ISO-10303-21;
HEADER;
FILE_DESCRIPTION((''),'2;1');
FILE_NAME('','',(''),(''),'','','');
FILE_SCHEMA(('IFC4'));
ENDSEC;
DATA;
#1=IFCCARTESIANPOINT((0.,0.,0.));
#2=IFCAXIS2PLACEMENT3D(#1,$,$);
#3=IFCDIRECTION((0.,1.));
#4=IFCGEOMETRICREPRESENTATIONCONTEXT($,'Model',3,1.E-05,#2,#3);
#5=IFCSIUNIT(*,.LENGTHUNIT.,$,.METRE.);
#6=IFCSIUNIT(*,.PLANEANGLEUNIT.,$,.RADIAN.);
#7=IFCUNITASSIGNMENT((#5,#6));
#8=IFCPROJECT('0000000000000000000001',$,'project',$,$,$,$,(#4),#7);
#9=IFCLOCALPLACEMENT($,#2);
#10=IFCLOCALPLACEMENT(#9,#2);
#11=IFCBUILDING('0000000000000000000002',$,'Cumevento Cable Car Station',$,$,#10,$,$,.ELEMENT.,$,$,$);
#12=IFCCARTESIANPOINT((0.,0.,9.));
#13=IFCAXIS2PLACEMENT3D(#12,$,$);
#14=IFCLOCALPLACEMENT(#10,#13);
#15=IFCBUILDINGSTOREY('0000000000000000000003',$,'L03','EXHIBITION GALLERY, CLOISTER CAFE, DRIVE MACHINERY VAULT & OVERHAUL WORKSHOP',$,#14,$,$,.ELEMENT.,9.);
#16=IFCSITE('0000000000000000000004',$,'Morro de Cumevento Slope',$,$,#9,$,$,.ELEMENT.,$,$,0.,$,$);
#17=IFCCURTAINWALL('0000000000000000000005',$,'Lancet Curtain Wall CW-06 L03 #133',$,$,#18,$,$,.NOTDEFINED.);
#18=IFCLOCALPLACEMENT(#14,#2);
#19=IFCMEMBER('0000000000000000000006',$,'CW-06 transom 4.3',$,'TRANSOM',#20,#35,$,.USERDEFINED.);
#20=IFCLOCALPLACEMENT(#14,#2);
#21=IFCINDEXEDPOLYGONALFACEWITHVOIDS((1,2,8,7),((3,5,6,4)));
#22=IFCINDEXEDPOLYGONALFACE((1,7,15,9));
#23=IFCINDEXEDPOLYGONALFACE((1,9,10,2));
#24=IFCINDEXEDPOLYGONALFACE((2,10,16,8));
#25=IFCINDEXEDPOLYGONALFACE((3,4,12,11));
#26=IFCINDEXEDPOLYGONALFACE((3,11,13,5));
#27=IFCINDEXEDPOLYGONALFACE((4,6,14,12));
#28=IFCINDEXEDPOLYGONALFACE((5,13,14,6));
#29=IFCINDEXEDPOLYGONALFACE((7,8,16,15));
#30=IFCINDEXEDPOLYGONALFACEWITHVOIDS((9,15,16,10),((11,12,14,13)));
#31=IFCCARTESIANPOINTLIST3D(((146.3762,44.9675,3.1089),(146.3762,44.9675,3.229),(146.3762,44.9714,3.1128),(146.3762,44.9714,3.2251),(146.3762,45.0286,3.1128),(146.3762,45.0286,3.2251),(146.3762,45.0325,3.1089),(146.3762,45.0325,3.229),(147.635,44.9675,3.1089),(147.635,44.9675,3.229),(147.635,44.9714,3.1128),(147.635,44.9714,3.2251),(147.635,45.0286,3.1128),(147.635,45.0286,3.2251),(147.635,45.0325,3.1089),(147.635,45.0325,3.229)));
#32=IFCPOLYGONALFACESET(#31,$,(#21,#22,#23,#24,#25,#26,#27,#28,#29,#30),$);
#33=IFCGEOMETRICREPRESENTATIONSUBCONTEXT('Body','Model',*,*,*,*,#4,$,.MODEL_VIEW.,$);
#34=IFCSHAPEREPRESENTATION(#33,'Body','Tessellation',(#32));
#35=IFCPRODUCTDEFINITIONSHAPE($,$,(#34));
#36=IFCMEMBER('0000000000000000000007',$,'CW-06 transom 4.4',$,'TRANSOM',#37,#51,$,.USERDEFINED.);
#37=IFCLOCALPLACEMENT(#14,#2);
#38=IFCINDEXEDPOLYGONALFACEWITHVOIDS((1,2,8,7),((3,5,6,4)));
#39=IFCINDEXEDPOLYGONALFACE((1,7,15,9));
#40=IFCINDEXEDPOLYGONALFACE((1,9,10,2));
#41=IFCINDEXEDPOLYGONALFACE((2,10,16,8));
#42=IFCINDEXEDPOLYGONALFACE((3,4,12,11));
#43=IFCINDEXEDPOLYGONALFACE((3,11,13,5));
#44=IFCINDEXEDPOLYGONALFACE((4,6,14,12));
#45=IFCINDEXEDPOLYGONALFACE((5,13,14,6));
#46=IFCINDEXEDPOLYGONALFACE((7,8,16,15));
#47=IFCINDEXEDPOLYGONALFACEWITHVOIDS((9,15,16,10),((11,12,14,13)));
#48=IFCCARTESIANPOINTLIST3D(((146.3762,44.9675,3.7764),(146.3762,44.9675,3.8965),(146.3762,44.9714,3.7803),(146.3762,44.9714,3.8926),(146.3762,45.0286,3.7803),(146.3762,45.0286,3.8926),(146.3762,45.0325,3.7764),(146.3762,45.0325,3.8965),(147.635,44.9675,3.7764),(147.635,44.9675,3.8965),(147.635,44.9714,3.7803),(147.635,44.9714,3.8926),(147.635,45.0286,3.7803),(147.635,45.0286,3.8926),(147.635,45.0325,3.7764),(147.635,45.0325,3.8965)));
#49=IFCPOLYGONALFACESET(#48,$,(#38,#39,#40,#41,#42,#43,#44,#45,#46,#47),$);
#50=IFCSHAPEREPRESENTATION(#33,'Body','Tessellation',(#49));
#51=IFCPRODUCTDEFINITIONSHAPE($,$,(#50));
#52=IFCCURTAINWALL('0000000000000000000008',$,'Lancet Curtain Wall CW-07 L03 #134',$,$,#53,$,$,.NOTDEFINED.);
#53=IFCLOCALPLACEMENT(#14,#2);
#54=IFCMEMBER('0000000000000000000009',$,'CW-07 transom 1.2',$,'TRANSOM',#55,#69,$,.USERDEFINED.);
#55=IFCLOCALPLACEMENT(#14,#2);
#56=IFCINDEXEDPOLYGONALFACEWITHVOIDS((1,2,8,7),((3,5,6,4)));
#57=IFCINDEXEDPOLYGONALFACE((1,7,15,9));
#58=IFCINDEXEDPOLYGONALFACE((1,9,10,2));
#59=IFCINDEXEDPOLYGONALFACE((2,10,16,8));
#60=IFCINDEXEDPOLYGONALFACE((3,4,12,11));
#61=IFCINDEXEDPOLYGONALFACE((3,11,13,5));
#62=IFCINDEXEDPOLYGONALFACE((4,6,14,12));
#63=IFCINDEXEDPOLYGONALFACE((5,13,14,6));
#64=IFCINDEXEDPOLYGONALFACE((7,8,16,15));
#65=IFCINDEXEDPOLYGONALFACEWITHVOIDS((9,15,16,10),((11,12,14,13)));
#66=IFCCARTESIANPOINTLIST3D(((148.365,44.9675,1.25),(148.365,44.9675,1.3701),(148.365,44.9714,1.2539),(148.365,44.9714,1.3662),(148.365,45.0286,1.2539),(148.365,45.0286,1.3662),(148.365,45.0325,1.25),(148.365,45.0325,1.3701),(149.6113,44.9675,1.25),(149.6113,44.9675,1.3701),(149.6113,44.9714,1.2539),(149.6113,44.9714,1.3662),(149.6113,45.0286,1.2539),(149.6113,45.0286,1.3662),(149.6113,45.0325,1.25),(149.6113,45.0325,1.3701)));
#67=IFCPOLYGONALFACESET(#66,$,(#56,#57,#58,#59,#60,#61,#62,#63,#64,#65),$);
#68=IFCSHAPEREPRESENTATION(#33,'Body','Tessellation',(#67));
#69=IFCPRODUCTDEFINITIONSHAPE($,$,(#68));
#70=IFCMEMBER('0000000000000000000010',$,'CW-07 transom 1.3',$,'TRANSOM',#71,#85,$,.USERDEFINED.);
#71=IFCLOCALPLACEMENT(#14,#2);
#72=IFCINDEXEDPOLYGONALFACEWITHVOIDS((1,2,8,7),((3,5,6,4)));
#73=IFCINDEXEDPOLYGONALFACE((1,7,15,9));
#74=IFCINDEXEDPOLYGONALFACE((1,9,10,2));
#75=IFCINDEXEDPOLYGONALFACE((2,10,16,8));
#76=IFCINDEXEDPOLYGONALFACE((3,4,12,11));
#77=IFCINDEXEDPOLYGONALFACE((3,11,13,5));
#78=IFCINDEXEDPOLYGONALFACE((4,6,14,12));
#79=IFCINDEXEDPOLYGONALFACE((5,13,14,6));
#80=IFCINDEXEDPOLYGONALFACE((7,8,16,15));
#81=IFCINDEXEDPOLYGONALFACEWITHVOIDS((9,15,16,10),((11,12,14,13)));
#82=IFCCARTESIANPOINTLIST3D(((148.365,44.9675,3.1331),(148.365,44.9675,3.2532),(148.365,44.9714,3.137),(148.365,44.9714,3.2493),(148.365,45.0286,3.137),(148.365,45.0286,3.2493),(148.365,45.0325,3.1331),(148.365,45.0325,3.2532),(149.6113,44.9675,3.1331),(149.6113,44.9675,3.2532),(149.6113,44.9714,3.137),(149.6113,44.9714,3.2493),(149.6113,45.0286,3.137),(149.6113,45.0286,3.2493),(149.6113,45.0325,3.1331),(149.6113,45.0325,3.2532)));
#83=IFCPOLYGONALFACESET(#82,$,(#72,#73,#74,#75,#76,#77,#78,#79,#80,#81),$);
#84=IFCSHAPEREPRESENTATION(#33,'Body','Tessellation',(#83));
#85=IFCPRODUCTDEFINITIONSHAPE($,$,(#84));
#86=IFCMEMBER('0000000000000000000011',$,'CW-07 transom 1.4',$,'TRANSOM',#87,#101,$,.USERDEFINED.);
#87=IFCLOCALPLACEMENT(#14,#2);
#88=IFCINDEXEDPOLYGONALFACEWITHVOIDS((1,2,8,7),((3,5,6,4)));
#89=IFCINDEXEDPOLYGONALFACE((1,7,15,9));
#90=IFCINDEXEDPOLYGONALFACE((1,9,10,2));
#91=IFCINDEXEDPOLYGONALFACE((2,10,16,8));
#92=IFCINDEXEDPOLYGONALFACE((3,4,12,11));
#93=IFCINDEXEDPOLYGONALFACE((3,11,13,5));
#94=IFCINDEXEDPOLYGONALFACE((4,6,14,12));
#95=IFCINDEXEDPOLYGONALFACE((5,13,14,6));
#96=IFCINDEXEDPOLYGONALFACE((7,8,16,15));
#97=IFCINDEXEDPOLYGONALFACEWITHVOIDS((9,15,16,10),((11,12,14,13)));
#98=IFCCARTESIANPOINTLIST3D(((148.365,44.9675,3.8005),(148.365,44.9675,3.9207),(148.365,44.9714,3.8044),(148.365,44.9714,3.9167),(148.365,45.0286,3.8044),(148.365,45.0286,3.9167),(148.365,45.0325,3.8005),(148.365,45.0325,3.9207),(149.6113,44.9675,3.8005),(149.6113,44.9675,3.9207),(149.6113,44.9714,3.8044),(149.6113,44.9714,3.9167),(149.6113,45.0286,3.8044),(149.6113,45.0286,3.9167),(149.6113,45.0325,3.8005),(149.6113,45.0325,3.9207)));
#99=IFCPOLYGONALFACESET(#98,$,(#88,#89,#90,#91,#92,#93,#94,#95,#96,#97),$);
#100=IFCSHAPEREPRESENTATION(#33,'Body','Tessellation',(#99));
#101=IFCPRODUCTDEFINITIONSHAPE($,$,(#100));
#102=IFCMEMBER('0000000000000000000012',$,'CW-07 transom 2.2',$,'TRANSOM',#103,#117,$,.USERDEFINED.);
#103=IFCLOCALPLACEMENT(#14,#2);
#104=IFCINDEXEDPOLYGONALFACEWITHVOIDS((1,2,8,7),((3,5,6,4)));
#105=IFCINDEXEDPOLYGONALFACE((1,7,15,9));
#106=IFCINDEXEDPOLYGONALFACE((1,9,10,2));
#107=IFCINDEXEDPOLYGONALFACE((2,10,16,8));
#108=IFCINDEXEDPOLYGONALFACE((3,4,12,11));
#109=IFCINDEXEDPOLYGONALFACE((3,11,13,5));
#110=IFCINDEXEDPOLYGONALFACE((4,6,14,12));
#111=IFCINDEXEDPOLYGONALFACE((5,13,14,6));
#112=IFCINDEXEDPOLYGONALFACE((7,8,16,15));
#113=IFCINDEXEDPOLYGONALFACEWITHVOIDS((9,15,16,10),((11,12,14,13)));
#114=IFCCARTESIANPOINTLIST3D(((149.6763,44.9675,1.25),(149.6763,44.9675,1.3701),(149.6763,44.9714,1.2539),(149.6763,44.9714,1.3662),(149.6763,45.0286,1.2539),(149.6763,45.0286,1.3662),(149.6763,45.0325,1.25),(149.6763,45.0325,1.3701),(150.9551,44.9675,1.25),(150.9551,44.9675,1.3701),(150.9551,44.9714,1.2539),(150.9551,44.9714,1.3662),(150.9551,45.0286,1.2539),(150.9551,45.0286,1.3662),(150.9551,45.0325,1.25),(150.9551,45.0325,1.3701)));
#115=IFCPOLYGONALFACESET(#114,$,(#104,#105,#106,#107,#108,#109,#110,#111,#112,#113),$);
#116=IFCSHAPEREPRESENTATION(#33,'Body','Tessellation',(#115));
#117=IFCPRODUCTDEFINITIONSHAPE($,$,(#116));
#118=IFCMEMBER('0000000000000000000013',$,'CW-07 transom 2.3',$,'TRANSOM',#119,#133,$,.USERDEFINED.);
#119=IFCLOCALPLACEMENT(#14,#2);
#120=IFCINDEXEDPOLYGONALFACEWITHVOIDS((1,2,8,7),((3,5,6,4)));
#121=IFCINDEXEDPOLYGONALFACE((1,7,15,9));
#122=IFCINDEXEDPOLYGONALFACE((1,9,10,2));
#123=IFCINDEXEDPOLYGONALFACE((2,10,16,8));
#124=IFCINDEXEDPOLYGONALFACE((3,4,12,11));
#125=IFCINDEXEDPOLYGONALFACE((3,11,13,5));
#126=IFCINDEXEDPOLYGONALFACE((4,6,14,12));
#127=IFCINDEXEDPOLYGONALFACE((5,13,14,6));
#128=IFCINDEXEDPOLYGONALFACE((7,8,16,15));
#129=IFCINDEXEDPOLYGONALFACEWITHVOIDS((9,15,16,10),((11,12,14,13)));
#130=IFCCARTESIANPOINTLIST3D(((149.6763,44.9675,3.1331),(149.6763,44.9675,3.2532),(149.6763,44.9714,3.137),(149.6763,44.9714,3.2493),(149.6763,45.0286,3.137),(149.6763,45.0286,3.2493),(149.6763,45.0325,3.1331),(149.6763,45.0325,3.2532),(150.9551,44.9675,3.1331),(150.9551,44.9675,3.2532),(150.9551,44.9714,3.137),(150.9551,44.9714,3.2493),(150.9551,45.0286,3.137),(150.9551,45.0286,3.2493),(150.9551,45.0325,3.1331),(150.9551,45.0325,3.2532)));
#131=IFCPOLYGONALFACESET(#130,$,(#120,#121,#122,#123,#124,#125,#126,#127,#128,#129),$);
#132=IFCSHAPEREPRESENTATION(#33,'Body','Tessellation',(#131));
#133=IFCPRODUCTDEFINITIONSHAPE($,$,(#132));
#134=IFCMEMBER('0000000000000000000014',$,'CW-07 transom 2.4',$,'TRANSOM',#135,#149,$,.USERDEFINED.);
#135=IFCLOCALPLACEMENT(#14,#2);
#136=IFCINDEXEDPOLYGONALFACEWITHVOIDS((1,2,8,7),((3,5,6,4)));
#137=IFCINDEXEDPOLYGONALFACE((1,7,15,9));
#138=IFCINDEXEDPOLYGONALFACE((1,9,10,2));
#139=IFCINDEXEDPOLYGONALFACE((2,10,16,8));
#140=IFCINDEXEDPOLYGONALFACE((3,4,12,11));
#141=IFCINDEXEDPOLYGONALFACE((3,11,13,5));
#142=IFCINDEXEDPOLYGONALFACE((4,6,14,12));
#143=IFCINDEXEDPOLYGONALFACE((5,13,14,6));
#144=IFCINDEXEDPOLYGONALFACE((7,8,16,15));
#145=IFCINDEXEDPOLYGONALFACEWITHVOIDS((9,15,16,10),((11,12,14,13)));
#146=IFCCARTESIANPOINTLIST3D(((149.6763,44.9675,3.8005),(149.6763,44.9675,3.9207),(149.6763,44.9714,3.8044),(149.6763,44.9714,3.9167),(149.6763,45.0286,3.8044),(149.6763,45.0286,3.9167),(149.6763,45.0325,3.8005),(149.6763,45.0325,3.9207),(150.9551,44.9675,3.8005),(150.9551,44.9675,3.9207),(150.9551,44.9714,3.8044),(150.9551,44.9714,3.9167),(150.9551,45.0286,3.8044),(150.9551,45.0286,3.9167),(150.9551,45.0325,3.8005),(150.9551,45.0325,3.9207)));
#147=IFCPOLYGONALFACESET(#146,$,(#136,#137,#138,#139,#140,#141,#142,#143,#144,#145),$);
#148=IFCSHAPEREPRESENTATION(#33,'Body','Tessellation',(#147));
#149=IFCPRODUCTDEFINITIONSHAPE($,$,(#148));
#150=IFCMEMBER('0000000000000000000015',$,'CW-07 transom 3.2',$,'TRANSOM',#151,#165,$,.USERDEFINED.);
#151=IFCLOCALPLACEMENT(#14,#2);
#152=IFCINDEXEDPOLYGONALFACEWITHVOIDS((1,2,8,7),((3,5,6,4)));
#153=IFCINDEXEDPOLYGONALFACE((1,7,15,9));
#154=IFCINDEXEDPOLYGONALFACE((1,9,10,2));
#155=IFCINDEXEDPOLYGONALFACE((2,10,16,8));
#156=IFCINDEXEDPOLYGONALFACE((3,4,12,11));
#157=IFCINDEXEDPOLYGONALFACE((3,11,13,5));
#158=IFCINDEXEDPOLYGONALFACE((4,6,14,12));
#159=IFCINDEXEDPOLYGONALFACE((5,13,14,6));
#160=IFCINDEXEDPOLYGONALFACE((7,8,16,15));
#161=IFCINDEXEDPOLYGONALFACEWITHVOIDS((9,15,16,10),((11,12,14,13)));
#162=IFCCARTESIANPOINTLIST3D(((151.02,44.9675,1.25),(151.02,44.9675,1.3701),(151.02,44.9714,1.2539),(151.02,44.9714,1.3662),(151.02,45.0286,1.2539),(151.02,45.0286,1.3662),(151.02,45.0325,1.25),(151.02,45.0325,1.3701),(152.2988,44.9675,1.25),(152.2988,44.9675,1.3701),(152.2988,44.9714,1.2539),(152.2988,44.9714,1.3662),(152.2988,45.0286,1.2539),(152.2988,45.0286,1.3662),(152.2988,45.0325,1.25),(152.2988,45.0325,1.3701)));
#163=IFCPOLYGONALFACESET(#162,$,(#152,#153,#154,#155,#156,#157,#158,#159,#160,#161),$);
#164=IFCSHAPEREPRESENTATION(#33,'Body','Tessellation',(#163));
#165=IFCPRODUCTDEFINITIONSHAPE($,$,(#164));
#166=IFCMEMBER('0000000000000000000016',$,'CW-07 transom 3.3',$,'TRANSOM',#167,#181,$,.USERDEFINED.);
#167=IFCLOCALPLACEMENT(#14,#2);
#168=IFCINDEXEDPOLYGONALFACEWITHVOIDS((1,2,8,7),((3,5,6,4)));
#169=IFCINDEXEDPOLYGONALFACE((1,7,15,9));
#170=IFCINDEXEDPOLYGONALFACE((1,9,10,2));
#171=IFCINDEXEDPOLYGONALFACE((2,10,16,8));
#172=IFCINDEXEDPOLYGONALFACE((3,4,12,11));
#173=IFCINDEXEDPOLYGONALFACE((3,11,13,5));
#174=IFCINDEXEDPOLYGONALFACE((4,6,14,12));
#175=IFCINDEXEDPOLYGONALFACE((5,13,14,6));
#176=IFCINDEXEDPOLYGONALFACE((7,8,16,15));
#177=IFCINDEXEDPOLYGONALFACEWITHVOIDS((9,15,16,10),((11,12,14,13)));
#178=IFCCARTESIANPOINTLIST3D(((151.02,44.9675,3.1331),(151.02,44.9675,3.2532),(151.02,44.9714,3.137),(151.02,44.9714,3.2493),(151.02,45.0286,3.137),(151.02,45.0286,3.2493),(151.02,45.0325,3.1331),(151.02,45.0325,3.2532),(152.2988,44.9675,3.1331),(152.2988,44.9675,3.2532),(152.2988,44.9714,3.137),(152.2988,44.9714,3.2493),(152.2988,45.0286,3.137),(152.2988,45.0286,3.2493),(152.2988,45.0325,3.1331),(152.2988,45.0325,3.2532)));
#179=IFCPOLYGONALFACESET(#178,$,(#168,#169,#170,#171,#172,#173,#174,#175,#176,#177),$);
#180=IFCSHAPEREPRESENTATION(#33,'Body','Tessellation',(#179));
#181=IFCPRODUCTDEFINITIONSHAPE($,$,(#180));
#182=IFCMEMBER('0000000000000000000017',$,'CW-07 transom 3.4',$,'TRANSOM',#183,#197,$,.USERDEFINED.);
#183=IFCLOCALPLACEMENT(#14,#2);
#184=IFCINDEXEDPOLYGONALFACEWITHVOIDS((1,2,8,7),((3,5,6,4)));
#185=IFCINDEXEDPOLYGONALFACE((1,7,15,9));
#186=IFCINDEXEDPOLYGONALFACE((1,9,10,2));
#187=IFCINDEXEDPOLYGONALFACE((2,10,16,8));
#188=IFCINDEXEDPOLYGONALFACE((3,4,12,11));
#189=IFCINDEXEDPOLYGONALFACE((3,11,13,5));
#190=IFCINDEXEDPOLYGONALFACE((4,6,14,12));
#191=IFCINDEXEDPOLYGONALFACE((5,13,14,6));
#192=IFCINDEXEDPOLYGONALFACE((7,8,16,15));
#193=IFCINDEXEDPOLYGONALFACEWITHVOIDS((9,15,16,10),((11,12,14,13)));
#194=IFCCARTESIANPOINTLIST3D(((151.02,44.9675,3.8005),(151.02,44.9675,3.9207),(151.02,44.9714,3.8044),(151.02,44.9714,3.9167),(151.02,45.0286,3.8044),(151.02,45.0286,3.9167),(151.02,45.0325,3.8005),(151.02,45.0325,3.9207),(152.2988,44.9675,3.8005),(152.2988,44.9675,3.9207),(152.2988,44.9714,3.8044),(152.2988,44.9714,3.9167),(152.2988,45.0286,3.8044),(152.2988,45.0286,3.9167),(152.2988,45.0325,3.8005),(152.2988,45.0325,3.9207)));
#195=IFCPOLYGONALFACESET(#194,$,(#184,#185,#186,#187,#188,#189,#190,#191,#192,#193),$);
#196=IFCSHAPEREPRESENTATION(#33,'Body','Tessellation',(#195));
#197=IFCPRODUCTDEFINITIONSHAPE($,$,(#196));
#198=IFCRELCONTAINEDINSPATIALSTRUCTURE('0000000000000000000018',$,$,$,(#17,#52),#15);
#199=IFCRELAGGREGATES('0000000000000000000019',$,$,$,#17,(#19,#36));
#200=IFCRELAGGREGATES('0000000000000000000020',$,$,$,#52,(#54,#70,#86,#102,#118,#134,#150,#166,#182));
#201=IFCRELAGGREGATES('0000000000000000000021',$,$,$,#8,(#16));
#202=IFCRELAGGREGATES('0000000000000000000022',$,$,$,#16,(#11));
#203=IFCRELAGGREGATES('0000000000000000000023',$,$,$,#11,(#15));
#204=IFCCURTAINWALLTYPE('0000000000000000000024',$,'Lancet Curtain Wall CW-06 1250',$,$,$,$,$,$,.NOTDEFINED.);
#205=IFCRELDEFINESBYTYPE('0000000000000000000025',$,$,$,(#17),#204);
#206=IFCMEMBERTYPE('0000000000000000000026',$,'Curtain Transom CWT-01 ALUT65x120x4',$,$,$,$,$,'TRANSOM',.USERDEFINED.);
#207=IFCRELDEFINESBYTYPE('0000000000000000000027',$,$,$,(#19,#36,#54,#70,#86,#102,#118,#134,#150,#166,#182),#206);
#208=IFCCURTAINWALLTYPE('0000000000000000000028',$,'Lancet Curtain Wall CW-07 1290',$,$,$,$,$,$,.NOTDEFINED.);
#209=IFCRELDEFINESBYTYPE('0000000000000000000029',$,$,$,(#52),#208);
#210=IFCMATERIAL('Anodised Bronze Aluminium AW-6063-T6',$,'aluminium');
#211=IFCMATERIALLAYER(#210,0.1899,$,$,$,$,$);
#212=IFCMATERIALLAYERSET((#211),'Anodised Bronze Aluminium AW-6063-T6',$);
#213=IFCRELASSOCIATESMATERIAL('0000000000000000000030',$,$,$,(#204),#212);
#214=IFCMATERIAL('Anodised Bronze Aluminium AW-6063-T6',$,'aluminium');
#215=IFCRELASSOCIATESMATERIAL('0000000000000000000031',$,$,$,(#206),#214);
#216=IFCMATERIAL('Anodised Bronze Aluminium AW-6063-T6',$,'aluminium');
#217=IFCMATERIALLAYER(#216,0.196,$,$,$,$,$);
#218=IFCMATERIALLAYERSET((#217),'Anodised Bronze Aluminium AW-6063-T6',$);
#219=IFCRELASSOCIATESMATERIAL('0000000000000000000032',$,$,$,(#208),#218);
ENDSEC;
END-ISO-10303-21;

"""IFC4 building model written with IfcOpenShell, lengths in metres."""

from ifc_helpers import new_model, si_unit, direction, frame, origin, origin_2d, place, context, subcontext, project, spatial, hollow_rectangle, extrude, material, layer, layer_set, material_profile, profile_set, type_object, element, aggregate, save


model = new_model("IFC4")

# Units and contexts
model_context = context("Model", 3, precision=1e-05, world=origin(), true_north=direction((0.0, 1.0)))
body_context = subcontext(model_context, "Body", "Model", "MODEL_VIEW")
ifc_project = project(units=[si_unit("LENGTHUNIT", "METRE"), si_unit("PLANEANGLEUNIT", "RADIAN")], contexts=[model_context])

# Site, building, storey
site_placement = place(None, origin())
site = spatial("IfcSite", under=ifc_project, at=site_placement, Name="Morro de Cumevento Slope", CompositionType="ELEMENT", RefElevation=0.0)
building_placement = place(site_placement, origin())
building = spatial("IfcBuilding", under=site, at=building_placement, Name="Cumevento Cable Car Station", CompositionType="ELEMENT")
storey_placement = place(building_placement, frame((0.0, 0.0, 9.0)))
storey = spatial("IfcBuildingStorey", under=building, at=storey_placement, Name="L03", Description="EXHIBITION GALLERY, CLOISTER CAFE, DRIVE MACHINERY VAULT & OVERHAUL WORKSHOP", CompositionType="ELEMENT", Elevation=9.0)

# Curtain walls, members
ifc_material_1 = material(Name="Anodised Bronze Aluminium AW-6063-T6", Category="aluminium")
ifc_layer_1 = layer(ifc_material_1, 0.1899)
ifc_layer_set_1 = layer_set([ifc_layer_1], Name="Anodised Bronze Aluminium AW-6063-T6")
curtain_wall_type_1 = type_object("IfcCurtainWallType", Name="Lancet Curtain Wall CW-06 1250", PredefinedType="NOTDEFINED", material=ifc_layer_set_1)
curtain_wall_1_placement = place(storey_placement, origin())
curtain_wall_1 = element("IfcCurtainWall", 1, at=curtain_wall_1_placement, inside=storey, type_object=curtain_wall_type_1, Name="Lancet Curtain Wall CW-06 L03 #133", PredefinedType="NOTDEFINED")
ifc_material_2 = material(Name="Anodised Bronze Aluminium AW-6063-T6", Category="aluminium")
ifc_material_profile_1 = material_profile(ifc_material_2, hollow_rectangle(XDim=0.0649, YDim=0.1201, WallThickness=0.0039, at=origin_2d()), Name="ALUT65x120x4")
ifc_profile_set_1 = profile_set([ifc_material_profile_1], Name="Anodised Bronze Aluminium AW-6063-T6")
member_type = type_object("IfcMemberType", Name="Curtain Transom CWT-01 ALUT65x120x4", ElementType="TRANSOM", PredefinedType="USERDEFINED", material=ifc_profile_set_1)
member_1_placement = place(storey_placement, frame((146.3762, 45.0, 3.1689), z_axis=(1.0, 0.0, 0.0), x_axis=(0.0, 1.0, 0.0)))
member_1 = element("IfcMember", 2, at=member_1_placement, type_object=member_type, Name="CW-06 transom 4.3", ObjectType="TRANSOM", PredefinedType="USERDEFINED", context=body_context, shape_type="SweptSolid", body=[
    extrude(hollow_rectangle(XDim=0.0649, YDim=0.1201, WallThickness=0.0039, at=origin_2d()), origin(), (0.0, 0.0, 1.0), 1.2588),
])
member_2_placement = place(storey_placement, frame((146.3762, 45.0, 3.8364), z_axis=(1.0, 0.0, 0.0), x_axis=(0.0, 1.0, 0.0)))
member_2 = element("IfcMember", 3, at=member_2_placement, type_object=member_type, Name="CW-06 transom 4.4", ObjectType="TRANSOM", PredefinedType="USERDEFINED", context=body_context, shape_type="SweptSolid", body=[
    extrude(hollow_rectangle(XDim=0.0649, YDim=0.1201, WallThickness=0.0039, at=origin_2d()), origin(), (0.0, 0.0, 1.0), 1.2588),
])
ifc_material_3 = material(Name="Anodised Bronze Aluminium AW-6063-T6", Category="aluminium")
ifc_layer_2 = layer(ifc_material_3, 0.196)
ifc_layer_set_2 = layer_set([ifc_layer_2], Name="Anodised Bronze Aluminium AW-6063-T6")
curtain_wall_type_2 = type_object("IfcCurtainWallType", Name="Lancet Curtain Wall CW-07 1290", PredefinedType="NOTDEFINED", material=ifc_layer_set_2)
curtain_wall_2_placement = place(storey_placement, origin())
curtain_wall_2 = element("IfcCurtainWall", 4, at=curtain_wall_2_placement, inside=storey, type_object=curtain_wall_type_2, Name="Lancet Curtain Wall CW-07 L03 #134", PredefinedType="NOTDEFINED")
member_3_placement = place(storey_placement, frame((148.365, 45.0, 1.3101), z_axis=(1.0, 0.0, 0.0), x_axis=(0.0, 1.0, 0.0)))
member_3 = element("IfcMember", 5, at=member_3_placement, type_object=member_type, Name="CW-07 transom 1.2", ObjectType="TRANSOM", PredefinedType="USERDEFINED", context=body_context, shape_type="SweptSolid", body=[
    extrude(hollow_rectangle(XDim=0.0649, YDim=0.1201, WallThickness=0.0039, at=origin_2d()), origin(), (0.0, 0.0, 1.0), 1.2463),
])
member_4_placement = place(storey_placement, frame((148.365, 45.0, 3.1931), z_axis=(1.0, 0.0, 0.0), x_axis=(0.0, 1.0, 0.0)))
member_4 = element("IfcMember", 6, at=member_4_placement, type_object=member_type, Name="CW-07 transom 1.3", ObjectType="TRANSOM", PredefinedType="USERDEFINED", context=body_context, shape_type="SweptSolid", body=[
    extrude(hollow_rectangle(XDim=0.0649, YDim=0.1201, WallThickness=0.0039, at=origin_2d()), origin(), (0.0, 0.0, 1.0), 1.2463),
])
member_5_placement = place(storey_placement, frame((148.365, 45.0, 3.8606), z_axis=(1.0, 0.0, 0.0), x_axis=(0.0, 1.0, 0.0)))
member_5 = element("IfcMember", 7, at=member_5_placement, type_object=member_type, Name="CW-07 transom 1.4", ObjectType="TRANSOM", PredefinedType="USERDEFINED", context=body_context, shape_type="SweptSolid", body=[
    extrude(hollow_rectangle(XDim=0.0649, YDim=0.1201, WallThickness=0.0039, at=origin_2d()), origin(), (0.0, 0.0, 1.0), 1.2463),
])
member_6_placement = place(storey_placement, frame((149.6763, 45.0, 1.3101), z_axis=(1.0, 0.0, 0.0), x_axis=(0.0, 1.0, 0.0)))
member_6 = element("IfcMember", 8, at=member_6_placement, type_object=member_type, Name="CW-07 transom 2.2", ObjectType="TRANSOM", PredefinedType="USERDEFINED", context=body_context, shape_type="SweptSolid", body=[
    extrude(hollow_rectangle(XDim=0.0649, YDim=0.1201, WallThickness=0.0039, at=origin_2d()), origin(), (0.0, 0.0, 1.0), 1.2788),
])
member_7_placement = place(storey_placement, frame((149.6763, 45.0, 3.1931), z_axis=(1.0, 0.0, 0.0), x_axis=(0.0, 1.0, 0.0)))
member_7 = element("IfcMember", 9, at=member_7_placement, type_object=member_type, Name="CW-07 transom 2.3", ObjectType="TRANSOM", PredefinedType="USERDEFINED", context=body_context, shape_type="SweptSolid", body=[
    extrude(hollow_rectangle(XDim=0.0649, YDim=0.1201, WallThickness=0.0039, at=origin_2d()), origin(), (0.0, 0.0, 1.0), 1.2788),
])
member_8_placement = place(storey_placement, frame((149.6763, 45.0, 3.8606), z_axis=(1.0, 0.0, 0.0), x_axis=(0.0, 1.0, 0.0)))
member_8 = element("IfcMember", 10, at=member_8_placement, type_object=member_type, Name="CW-07 transom 2.4", ObjectType="TRANSOM", PredefinedType="USERDEFINED", context=body_context, shape_type="SweptSolid", body=[
    extrude(hollow_rectangle(XDim=0.0649, YDim=0.1201, WallThickness=0.0039, at=origin_2d()), origin(), (0.0, 0.0, 1.0), 1.2788),
])
member_9_placement = place(storey_placement, frame((151.02, 45.0, 1.3101), z_axis=(1.0, 0.0, 0.0), x_axis=(0.0, 1.0, 0.0)))
member_9 = element("IfcMember", 11, at=member_9_placement, type_object=member_type, Name="CW-07 transom 3.2", ObjectType="TRANSOM", PredefinedType="USERDEFINED", context=body_context, shape_type="SweptSolid", body=[
    extrude(hollow_rectangle(XDim=0.0649, YDim=0.1201, WallThickness=0.0039, at=origin_2d()), origin(), (0.0, 0.0, 1.0), 1.2788),
])
member_10_placement = place(storey_placement, frame((151.02, 45.0, 3.1931), z_axis=(1.0, 0.0, 0.0), x_axis=(0.0, 1.0, 0.0)))
member_10 = element("IfcMember", 12, at=member_10_placement, type_object=member_type, Name="CW-07 transom 3.3", ObjectType="TRANSOM", PredefinedType="USERDEFINED", context=body_context, shape_type="SweptSolid", body=[
    extrude(hollow_rectangle(XDim=0.0649, YDim=0.1201, WallThickness=0.0039, at=origin_2d()), origin(), (0.0, 0.0, 1.0), 1.2788),
])
member_11_placement = place(storey_placement, frame((151.02, 45.0, 3.8606), z_axis=(1.0, 0.0, 0.0), x_axis=(0.0, 1.0, 0.0)))
member_11 = element("IfcMember", 13, at=member_11_placement, type_object=member_type, Name="CW-07 transom 3.4", ObjectType="TRANSOM", PredefinedType="USERDEFINED", context=body_context, shape_type="SweptSolid", body=[
    extrude(hollow_rectangle(XDim=0.0649, YDim=0.1201, WallThickness=0.0039, at=origin_2d()), origin(), (0.0, 0.0, 1.0), 1.2788),
])

aggregate(curtain_wall_1, [member_1, member_2])
aggregate(curtain_wall_2, [member_3, member_4, member_5, member_6, member_7, member_8, member_9, member_10, member_11])

save(model, "model.ifc")
